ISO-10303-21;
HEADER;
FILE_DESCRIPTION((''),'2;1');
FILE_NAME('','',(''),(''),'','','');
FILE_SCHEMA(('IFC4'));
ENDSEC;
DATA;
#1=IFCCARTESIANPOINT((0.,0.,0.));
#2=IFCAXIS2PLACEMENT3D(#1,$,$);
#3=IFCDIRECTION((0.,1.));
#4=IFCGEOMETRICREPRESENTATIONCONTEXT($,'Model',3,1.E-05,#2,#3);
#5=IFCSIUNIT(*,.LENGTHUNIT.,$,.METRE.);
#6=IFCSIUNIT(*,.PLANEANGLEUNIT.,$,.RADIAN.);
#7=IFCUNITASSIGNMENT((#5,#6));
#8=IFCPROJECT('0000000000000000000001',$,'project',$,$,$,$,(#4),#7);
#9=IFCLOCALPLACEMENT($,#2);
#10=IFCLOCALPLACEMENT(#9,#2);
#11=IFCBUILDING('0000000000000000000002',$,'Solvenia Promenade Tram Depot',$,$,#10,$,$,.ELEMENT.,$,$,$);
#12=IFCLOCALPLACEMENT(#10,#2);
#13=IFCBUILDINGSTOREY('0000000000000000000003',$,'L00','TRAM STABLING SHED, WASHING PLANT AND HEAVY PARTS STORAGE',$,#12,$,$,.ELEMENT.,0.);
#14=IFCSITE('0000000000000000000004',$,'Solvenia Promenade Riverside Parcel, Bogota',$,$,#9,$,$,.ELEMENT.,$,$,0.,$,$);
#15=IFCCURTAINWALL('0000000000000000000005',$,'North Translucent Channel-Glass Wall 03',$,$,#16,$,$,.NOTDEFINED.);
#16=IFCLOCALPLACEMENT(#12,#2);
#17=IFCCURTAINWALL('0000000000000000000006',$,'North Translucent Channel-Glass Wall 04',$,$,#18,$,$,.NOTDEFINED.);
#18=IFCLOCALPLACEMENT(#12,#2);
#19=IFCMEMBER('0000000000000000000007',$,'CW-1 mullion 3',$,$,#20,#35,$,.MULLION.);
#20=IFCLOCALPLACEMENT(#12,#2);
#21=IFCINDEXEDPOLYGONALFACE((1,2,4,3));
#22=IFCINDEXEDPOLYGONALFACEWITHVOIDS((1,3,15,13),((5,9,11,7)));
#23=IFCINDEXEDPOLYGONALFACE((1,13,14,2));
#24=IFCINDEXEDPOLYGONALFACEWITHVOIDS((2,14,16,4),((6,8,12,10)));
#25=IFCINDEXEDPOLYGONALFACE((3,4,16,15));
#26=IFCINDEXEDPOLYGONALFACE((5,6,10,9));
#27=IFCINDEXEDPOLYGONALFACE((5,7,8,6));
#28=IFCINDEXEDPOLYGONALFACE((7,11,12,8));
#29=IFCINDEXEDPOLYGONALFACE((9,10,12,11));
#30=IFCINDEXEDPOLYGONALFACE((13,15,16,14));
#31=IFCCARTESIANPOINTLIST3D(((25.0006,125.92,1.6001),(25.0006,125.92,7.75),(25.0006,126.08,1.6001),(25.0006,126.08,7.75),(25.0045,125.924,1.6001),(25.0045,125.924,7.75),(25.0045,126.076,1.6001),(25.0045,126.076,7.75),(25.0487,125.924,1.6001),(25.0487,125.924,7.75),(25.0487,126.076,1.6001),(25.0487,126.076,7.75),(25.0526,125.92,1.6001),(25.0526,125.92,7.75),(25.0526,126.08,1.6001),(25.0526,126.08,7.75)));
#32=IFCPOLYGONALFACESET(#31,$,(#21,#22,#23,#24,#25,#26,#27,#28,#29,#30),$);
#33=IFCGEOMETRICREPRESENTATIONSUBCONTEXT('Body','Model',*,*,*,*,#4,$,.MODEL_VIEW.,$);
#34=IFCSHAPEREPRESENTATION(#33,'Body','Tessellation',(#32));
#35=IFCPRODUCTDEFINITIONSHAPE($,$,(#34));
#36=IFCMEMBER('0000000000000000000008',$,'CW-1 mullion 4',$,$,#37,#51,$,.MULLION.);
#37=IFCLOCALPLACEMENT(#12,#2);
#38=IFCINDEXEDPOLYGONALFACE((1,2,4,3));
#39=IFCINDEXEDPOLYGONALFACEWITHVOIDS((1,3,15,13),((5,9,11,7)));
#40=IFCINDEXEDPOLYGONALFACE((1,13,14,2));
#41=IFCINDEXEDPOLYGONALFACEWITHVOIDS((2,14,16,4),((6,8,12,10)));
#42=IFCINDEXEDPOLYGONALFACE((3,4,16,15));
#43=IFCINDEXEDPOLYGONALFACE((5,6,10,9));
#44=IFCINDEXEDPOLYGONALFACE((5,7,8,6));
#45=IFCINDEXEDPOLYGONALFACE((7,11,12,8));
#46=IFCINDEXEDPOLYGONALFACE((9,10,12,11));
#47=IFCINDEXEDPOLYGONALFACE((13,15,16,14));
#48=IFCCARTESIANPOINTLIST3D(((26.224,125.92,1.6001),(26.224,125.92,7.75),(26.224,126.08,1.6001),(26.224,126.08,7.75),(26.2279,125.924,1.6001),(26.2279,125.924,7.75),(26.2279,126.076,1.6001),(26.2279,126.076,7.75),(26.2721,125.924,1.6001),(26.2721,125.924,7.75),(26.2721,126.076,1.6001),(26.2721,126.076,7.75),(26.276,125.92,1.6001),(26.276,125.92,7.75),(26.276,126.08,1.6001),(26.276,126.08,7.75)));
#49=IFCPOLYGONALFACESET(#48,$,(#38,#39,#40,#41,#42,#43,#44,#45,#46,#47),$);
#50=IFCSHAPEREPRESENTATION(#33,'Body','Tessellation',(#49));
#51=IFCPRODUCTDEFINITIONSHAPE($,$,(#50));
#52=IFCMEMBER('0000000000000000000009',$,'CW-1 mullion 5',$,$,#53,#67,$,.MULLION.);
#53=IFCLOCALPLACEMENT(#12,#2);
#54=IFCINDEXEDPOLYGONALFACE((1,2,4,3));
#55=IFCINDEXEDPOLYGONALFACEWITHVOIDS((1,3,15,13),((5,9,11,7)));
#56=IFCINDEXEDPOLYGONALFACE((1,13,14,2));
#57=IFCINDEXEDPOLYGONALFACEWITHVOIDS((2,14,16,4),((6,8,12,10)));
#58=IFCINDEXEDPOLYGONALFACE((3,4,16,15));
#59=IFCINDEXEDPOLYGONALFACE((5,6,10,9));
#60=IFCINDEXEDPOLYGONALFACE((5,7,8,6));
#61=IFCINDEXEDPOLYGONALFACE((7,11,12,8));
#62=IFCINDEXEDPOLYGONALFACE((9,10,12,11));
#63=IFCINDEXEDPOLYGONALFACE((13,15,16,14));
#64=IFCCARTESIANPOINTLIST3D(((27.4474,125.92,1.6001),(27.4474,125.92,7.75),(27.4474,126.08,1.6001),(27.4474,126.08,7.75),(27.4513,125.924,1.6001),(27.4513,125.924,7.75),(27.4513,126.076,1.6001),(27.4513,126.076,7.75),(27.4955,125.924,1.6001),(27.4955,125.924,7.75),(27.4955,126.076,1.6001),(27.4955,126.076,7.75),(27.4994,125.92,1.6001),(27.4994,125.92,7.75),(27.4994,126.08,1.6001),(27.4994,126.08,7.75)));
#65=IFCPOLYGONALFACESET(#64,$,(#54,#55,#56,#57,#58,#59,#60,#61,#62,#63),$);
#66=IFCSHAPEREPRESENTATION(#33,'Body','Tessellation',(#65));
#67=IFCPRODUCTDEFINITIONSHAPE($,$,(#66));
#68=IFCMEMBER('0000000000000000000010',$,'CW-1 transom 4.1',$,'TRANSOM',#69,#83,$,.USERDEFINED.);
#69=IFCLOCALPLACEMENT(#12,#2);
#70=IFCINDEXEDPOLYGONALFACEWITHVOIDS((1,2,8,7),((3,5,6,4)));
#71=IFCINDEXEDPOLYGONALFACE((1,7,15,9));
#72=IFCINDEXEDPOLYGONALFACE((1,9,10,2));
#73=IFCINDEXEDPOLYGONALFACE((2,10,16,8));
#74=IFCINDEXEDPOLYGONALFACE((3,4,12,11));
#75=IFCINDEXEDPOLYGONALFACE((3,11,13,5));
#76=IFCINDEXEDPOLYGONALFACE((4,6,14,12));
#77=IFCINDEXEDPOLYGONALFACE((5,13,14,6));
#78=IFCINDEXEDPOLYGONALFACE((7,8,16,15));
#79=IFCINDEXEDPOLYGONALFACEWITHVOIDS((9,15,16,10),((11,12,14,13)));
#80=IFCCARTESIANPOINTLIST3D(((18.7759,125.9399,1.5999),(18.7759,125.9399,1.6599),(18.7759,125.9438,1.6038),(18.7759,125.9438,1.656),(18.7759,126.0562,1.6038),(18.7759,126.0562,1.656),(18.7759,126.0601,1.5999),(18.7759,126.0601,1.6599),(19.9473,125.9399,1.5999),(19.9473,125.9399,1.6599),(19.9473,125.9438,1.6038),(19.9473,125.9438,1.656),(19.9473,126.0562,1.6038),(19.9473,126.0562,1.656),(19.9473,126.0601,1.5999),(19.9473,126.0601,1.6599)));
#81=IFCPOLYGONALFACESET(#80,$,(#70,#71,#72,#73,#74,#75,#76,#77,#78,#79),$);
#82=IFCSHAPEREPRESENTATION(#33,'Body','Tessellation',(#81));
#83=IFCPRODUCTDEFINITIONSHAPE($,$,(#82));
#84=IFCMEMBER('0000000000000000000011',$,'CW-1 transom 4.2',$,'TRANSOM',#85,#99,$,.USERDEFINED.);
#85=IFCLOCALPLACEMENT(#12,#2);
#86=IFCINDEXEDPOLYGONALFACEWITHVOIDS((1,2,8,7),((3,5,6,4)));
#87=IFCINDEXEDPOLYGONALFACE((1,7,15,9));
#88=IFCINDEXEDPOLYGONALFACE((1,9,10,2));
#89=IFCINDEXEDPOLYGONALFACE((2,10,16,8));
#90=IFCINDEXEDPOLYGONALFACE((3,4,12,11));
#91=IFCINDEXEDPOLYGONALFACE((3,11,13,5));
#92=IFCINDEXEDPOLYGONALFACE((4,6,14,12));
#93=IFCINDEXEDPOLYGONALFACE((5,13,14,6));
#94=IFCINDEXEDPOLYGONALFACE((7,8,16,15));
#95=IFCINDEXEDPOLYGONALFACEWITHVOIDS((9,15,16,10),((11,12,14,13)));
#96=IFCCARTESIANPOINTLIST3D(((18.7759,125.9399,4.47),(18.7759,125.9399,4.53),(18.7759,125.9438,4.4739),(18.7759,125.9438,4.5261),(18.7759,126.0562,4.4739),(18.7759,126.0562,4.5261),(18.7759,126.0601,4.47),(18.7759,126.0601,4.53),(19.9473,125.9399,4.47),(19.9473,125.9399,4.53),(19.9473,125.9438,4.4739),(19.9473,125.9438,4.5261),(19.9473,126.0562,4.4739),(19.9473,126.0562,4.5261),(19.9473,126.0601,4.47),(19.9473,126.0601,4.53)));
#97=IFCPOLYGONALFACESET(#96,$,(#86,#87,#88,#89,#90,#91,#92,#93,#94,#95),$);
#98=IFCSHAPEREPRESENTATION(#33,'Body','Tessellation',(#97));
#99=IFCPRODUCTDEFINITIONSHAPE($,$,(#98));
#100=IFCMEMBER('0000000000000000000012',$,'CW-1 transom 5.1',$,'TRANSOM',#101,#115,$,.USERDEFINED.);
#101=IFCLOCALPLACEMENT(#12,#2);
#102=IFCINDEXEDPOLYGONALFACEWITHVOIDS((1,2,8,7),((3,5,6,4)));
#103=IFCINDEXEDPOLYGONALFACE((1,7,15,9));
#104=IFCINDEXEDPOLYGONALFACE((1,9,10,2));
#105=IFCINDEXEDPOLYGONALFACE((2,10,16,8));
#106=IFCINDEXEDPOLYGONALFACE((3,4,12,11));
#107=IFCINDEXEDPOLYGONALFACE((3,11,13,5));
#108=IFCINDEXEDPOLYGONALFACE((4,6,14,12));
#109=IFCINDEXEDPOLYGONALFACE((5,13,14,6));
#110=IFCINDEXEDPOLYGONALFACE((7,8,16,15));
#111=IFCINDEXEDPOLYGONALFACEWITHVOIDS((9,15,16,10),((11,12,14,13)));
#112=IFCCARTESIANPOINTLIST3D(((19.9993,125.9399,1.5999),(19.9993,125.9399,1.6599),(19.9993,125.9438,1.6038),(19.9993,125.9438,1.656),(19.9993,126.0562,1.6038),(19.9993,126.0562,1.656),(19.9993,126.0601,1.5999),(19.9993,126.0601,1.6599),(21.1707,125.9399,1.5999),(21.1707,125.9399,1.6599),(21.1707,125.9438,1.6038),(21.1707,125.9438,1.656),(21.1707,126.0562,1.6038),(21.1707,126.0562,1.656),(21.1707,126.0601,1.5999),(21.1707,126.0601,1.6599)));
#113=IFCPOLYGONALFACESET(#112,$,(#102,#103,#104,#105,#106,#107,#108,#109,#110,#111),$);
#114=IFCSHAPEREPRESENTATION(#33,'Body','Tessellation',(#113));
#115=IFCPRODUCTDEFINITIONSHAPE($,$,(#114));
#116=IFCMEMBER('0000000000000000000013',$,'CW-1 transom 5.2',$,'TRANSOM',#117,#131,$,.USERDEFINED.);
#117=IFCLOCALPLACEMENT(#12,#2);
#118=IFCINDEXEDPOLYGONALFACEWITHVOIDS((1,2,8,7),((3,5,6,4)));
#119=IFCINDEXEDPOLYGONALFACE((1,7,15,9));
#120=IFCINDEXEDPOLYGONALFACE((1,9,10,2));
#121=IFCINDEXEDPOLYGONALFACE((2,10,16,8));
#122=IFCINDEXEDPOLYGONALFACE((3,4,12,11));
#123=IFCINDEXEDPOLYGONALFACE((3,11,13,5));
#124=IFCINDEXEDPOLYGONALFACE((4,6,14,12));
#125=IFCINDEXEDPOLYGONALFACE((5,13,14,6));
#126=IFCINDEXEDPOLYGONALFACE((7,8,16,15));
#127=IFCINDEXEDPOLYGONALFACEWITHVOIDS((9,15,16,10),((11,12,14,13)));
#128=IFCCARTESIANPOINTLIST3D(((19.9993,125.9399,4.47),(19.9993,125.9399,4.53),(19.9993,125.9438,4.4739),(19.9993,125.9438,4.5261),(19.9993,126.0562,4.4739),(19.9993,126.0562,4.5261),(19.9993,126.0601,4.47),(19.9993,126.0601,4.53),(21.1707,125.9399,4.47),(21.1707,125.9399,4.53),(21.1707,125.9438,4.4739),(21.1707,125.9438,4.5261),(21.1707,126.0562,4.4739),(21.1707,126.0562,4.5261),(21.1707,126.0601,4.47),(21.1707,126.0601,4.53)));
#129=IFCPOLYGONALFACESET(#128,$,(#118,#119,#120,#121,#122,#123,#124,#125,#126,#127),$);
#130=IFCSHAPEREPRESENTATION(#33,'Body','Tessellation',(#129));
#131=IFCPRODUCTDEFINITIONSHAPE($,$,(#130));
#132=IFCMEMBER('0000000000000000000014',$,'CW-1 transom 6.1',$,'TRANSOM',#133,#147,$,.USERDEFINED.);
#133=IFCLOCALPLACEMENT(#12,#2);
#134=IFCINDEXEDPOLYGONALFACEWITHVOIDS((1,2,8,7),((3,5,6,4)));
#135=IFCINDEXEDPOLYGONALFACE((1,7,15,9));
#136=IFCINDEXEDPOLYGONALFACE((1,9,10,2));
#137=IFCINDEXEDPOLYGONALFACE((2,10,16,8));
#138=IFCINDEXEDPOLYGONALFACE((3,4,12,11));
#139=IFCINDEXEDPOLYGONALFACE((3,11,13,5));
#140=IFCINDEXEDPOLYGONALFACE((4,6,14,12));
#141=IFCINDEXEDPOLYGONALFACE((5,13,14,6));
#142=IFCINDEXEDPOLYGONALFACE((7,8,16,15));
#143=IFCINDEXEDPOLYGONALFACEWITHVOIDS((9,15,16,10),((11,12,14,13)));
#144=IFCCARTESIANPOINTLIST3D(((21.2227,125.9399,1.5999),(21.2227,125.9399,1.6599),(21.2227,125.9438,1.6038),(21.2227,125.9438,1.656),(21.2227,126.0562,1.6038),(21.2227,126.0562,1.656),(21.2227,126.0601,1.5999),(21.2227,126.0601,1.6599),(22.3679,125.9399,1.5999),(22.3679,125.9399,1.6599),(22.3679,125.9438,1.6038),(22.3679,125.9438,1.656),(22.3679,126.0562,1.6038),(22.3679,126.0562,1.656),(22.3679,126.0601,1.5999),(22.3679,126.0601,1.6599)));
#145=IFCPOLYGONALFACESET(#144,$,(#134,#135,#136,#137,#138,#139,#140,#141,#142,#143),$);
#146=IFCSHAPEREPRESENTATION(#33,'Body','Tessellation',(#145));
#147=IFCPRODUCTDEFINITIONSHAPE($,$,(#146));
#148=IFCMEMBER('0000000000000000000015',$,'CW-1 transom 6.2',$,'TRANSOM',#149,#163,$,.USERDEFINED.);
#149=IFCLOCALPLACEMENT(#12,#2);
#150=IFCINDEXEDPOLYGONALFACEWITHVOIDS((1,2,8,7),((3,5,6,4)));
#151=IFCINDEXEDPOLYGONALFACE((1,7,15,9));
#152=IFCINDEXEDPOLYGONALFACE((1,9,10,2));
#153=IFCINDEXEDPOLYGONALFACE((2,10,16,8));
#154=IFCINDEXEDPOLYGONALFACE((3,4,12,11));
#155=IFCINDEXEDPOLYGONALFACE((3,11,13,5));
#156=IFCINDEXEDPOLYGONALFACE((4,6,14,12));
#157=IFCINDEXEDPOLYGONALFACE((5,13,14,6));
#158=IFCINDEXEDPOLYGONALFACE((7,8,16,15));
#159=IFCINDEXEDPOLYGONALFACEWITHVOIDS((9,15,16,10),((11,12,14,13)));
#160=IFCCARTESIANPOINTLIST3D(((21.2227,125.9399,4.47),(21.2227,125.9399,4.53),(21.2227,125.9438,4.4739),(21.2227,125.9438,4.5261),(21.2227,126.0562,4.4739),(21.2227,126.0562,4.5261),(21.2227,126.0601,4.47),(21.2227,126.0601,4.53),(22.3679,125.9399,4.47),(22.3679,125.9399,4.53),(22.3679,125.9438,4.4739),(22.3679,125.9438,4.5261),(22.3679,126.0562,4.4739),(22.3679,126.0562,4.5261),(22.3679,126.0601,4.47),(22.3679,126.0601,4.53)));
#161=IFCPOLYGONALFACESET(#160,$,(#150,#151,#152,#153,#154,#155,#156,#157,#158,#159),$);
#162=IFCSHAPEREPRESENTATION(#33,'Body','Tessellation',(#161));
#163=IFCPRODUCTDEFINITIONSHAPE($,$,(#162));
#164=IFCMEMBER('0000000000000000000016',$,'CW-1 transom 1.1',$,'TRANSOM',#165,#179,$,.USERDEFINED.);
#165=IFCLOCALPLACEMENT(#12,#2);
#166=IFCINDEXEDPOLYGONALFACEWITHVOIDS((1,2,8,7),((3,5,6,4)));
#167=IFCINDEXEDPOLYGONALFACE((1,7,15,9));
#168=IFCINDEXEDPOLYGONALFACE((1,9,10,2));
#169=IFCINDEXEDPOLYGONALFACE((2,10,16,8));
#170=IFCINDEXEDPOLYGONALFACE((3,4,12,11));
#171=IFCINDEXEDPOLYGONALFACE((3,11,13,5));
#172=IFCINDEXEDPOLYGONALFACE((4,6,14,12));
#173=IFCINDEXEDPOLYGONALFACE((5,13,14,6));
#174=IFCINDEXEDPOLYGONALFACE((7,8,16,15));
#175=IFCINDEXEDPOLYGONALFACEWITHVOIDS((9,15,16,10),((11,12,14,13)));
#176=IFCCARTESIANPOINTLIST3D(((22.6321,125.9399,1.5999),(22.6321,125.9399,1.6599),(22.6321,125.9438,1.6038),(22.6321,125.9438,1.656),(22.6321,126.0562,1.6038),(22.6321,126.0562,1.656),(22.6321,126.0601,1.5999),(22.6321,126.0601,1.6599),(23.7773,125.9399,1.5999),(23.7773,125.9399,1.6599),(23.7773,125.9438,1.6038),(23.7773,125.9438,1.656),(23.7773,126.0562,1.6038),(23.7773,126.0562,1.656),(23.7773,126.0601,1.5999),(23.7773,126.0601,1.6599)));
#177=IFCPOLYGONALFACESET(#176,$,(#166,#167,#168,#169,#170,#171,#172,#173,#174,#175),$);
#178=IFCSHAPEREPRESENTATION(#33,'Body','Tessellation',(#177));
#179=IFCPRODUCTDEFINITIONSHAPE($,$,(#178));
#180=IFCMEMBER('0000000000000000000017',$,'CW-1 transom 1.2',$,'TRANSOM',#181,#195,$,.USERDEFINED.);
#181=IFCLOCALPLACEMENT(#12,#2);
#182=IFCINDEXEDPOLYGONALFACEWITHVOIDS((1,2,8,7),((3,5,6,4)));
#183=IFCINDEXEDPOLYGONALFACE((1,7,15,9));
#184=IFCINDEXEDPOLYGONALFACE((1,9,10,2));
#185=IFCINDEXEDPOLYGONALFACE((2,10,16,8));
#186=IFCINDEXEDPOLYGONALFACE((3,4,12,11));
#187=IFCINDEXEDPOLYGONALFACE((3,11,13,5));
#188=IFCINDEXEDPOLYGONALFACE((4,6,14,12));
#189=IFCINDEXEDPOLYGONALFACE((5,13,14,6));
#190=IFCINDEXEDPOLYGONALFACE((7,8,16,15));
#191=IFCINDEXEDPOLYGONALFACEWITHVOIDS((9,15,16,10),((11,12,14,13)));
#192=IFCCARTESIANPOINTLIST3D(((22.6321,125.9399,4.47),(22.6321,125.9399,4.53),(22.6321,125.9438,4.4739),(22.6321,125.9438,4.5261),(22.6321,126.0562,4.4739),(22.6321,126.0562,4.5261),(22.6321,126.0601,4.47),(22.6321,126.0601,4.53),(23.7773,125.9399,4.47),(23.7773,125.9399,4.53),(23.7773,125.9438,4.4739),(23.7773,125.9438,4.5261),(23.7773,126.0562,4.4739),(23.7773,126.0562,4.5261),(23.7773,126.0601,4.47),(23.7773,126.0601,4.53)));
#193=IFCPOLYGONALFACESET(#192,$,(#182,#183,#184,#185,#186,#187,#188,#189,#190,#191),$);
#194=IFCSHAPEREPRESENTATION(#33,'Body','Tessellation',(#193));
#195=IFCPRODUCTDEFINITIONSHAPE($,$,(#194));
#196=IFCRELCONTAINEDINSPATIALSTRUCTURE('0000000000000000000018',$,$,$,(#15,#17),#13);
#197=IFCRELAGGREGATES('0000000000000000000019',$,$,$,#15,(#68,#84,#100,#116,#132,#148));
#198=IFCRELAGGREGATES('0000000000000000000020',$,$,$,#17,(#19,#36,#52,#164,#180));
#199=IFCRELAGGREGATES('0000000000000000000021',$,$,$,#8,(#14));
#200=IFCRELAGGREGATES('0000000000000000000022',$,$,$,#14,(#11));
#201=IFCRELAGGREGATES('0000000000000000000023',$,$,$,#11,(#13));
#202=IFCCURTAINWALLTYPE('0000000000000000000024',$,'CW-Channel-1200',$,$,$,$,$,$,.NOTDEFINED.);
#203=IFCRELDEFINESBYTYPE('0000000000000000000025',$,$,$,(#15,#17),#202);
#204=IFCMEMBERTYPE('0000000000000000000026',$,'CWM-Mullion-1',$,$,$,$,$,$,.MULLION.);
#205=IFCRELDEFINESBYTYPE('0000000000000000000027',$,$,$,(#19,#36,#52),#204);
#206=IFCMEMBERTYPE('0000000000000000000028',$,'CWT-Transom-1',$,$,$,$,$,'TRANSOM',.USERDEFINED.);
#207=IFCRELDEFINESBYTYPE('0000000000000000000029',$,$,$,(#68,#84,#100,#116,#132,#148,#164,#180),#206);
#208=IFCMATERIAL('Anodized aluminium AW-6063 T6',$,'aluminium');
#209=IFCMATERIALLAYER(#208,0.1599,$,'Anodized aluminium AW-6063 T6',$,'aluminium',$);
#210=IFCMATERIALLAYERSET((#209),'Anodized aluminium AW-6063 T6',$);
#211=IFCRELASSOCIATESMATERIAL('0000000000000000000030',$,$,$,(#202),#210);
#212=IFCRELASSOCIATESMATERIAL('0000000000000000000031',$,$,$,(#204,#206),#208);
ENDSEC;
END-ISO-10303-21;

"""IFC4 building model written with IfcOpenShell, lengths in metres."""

from ifc_helpers import new_model, si_unit, direction, frame, origin, origin_2d, place, context, subcontext, project, spatial, hollow_rectangle, extrude, material, layer, layer_set, material_profile, profile_set, type_object, element, aggregate, save


model = new_model("IFC4")

# Units and contexts
model_context = context("Model", 3, precision=1e-05, world=origin(), true_north=direction((0.0, 1.0)))
body_context = subcontext(model_context, "Body", "Model", "MODEL_VIEW")
ifc_project = project(units=[si_unit("LENGTHUNIT", "METRE"), si_unit("PLANEANGLEUNIT", "RADIAN")], contexts=[model_context])

# Site, building, storey
site_placement = place(None, origin())
site = spatial("IfcSite", under=ifc_project, at=site_placement, Name="Solvenia Promenade Riverside Parcel, Bogota", CompositionType="ELEMENT", RefElevation=0.0)
building_placement = place(site_placement, origin())
building = spatial("IfcBuilding", under=site, at=building_placement, Name="Solvenia Promenade Tram Depot", CompositionType="ELEMENT")
storey_placement = place(building_placement, origin())
storey = spatial("IfcBuildingStorey", under=building, at=storey_placement, Name="L00", Description="TRAM STABLING SHED, WASHING PLANT AND HEAVY PARTS STORAGE", CompositionType="ELEMENT", Elevation=0.0)

# Curtain walls, members
ifc_material_1 = material(Name="Anodized aluminium AW-6063 T6", Category="aluminium")
ifc_layer_1 = layer(ifc_material_1, 0.1599, Name="Anodized aluminium AW-6063 T6", Category="aluminium")
ifc_layer_set_1 = layer_set([ifc_layer_1], Name="Anodized aluminium AW-6063 T6")
curtain_wall_type = type_object("IfcCurtainWallType", Name="CW-Channel-1200", PredefinedType="NOTDEFINED", material=ifc_layer_set_1)
curtain_wall_1_placement = place(storey_placement, origin())
curtain_wall_1 = element("IfcCurtainWall", 1, at=curtain_wall_1_placement, inside=storey, type_object=curtain_wall_type, Name="North Translucent Channel-Glass Wall 03", PredefinedType="NOTDEFINED")
ifc_material_profile_1 = material_profile(ifc_material_1, hollow_rectangle(XDim=0.1599, YDim=0.052, WallThickness=0.0039, at=origin_2d()), Name="ALU-M1", Category="aluminium")
ifc_profile_set_1 = profile_set([ifc_material_profile_1], Name="Anodized aluminium AW-6063 T6")
member_type_1 = type_object("IfcMemberType", Name="CWM-Mullion-1", PredefinedType="MULLION", material=ifc_profile_set_1)
curtain_wall_2_placement = place(storey_placement, origin())
curtain_wall_2 = element("IfcCurtainWall", 2, at=curtain_wall_2_placement, inside=storey, type_object=curtain_wall_type, Name="North Translucent Channel-Glass Wall 04", PredefinedType="NOTDEFINED")
member_1_placement = place(storey_placement, frame((25.0266, 126.0, 1.6001), z_axis=(0.0, 0.0, 1.0), x_axis=(0.0, 1.0, 0.0)))
member_1 = element("IfcMember", 3, at=member_1_placement, type_object=member_type_1, Name="CW-1 mullion 3", PredefinedType="MULLION", context=body_context, shape_type="SweptSolid", body=[
    extrude(hollow_rectangle(XDim=0.1599, YDim=0.052, WallThickness=0.0039, at=origin_2d()), origin(), (0.0, 0.0, 1.0), 6.1499),
])
member_2_placement = place(storey_placement, frame((26.25, 126.0, 1.6001), z_axis=(0.0, 0.0, 1.0), x_axis=(0.0, 1.0, 0.0)))
member_2 = element("IfcMember", 4, at=member_2_placement, type_object=member_type_1, Name="CW-1 mullion 4", PredefinedType="MULLION", context=body_context, shape_type="SweptSolid", body=[
    extrude(hollow_rectangle(XDim=0.1599, YDim=0.052, WallThickness=0.0039, at=origin_2d()), origin(), (0.0, 0.0, 1.0), 6.1499),
])
member_3_placement = place(storey_placement, frame((27.4734, 126.0, 1.6001), z_axis=(0.0, 0.0, 1.0), x_axis=(0.0, 1.0, 0.0)))
member_3 = element("IfcMember", 5, at=member_3_placement, type_object=member_type_1, Name="CW-1 mullion 5", PredefinedType="MULLION", context=body_context, shape_type="SweptSolid", body=[
    extrude(hollow_rectangle(XDim=0.1599, YDim=0.052, WallThickness=0.0039, at=origin_2d()), origin(), (0.0, 0.0, 1.0), 6.1499),
])

# Members
ifc_material_profile_2 = material_profile(ifc_material_1, hollow_rectangle(XDim=0.1201, YDim=0.0601, WallThickness=0.0039, at=origin_2d()), Name="ALU-T1", Category="aluminium")
ifc_profile_set_2 = profile_set([ifc_material_profile_2], Name="Anodized aluminium AW-6063 T6")
member_type_2 = type_object("IfcMemberType", Name="CWT-Transom-1", ElementType="TRANSOM", PredefinedType="USERDEFINED", material=ifc_profile_set_2)
member_4_placement = place(storey_placement, frame((18.7759, 126.0, 1.6299), z_axis=(1.0, 0.0, 0.0), x_axis=(0.0, 1.0, 0.0)))
member_4 = element("IfcMember", 6, at=member_4_placement, type_object=member_type_2, Name="CW-1 transom 4.1", ObjectType="TRANSOM", PredefinedType="USERDEFINED", context=body_context, shape_type="SweptSolid", body=[
    extrude(hollow_rectangle(XDim=0.1201, YDim=0.0601, WallThickness=0.0039, at=origin_2d()), origin(), (0.0, 0.0, 1.0), 1.1714),
])
member_5_placement = place(storey_placement, frame((18.7759, 126.0, 4.5), z_axis=(1.0, 0.0, 0.0), x_axis=(0.0, 1.0, 0.0)))
member_5 = element("IfcMember", 7, at=member_5_placement, type_object=member_type_2, Name="CW-1 transom 4.2", ObjectType="TRANSOM", PredefinedType="USERDEFINED", context=body_context, shape_type="SweptSolid", body=[
    extrude(hollow_rectangle(XDim=0.1201, YDim=0.0601, WallThickness=0.0039, at=origin_2d()), origin(), (0.0, 0.0, 1.0), 1.1714),
])
member_6_placement = place(storey_placement, frame((19.9993, 126.0, 1.6299), z_axis=(1.0, 0.0, 0.0), x_axis=(0.0, 1.0, 0.0)))
member_6 = element("IfcMember", 8, at=member_6_placement, type_object=member_type_2, Name="CW-1 transom 5.1", ObjectType="TRANSOM", PredefinedType="USERDEFINED", context=body_context, shape_type="SweptSolid", body=[
    extrude(hollow_rectangle(XDim=0.1201, YDim=0.0601, WallThickness=0.0039, at=origin_2d()), origin(), (0.0, 0.0, 1.0), 1.1714),
])
member_7_placement = place(storey_placement, frame((19.9993, 126.0, 4.5), z_axis=(1.0, 0.0, 0.0), x_axis=(0.0, 1.0, 0.0)))
member_7 = element("IfcMember", 9, at=member_7_placement, type_object=member_type_2, Name="CW-1 transom 5.2", ObjectType="TRANSOM", PredefinedType="USERDEFINED", context=body_context, shape_type="SweptSolid", body=[
    extrude(hollow_rectangle(XDim=0.1201, YDim=0.0601, WallThickness=0.0039, at=origin_2d()), origin(), (0.0, 0.0, 1.0), 1.1714),
])
member_8_placement = place(storey_placement, frame((21.2227, 126.0, 1.6299), z_axis=(1.0, 0.0, 0.0), x_axis=(0.0, 1.0, 0.0)))
member_8 = element("IfcMember", 10, at=member_8_placement, type_object=member_type_2, Name="CW-1 transom 6.1", ObjectType="TRANSOM", PredefinedType="USERDEFINED", context=body_context, shape_type="SweptSolid", body=[
    extrude(hollow_rectangle(XDim=0.1201, YDim=0.0601, WallThickness=0.0039, at=origin_2d()), origin(), (0.0, 0.0, 1.0), 1.1453),
])
member_9_placement = place(storey_placement, frame((21.2227, 126.0, 4.5), z_axis=(1.0, 0.0, 0.0), x_axis=(0.0, 1.0, 0.0)))
member_9 = element("IfcMember", 11, at=member_9_placement, type_object=member_type_2, Name="CW-1 transom 6.2", ObjectType="TRANSOM", PredefinedType="USERDEFINED", context=body_context, shape_type="SweptSolid", body=[
    extrude(hollow_rectangle(XDim=0.1201, YDim=0.0601, WallThickness=0.0039, at=origin_2d()), origin(), (0.0, 0.0, 1.0), 1.1453),
])
member_10_placement = place(storey_placement, frame((22.6321, 126.0, 1.6299), z_axis=(1.0, 0.0, 0.0), x_axis=(0.0, 1.0, 0.0)))
member_10 = element("IfcMember", 12, at=member_10_placement, type_object=member_type_2, Name="CW-1 transom 1.1", ObjectType="TRANSOM", PredefinedType="USERDEFINED", context=body_context, shape_type="SweptSolid", body=[
    extrude(hollow_rectangle(XDim=0.1201, YDim=0.0601, WallThickness=0.0039, at=origin_2d()), origin(), (0.0, 0.0, 1.0), 1.1453),
])
member_11_placement = place(storey_placement, frame((22.6321, 126.0, 4.5), z_axis=(1.0, 0.0, 0.0), x_axis=(0.0, 1.0, 0.0)))
member_11 = element("IfcMember", 13, at=member_11_placement, type_object=member_type_2, Name="CW-1 transom 1.2", ObjectType="TRANSOM", PredefinedType="USERDEFINED", context=body_context, shape_type="SweptSolid", body=[
    extrude(hollow_rectangle(XDim=0.1201, YDim=0.0601, WallThickness=0.0039, at=origin_2d()), origin(), (0.0, 0.0, 1.0), 1.1453),
])

aggregate(curtain_wall_1, [member_4, member_5, member_6, member_7, member_8, member_9])
aggregate(curtain_wall_2, [member_1, member_2, member_3, member_10, member_11])

save(model, "model.ifc")
